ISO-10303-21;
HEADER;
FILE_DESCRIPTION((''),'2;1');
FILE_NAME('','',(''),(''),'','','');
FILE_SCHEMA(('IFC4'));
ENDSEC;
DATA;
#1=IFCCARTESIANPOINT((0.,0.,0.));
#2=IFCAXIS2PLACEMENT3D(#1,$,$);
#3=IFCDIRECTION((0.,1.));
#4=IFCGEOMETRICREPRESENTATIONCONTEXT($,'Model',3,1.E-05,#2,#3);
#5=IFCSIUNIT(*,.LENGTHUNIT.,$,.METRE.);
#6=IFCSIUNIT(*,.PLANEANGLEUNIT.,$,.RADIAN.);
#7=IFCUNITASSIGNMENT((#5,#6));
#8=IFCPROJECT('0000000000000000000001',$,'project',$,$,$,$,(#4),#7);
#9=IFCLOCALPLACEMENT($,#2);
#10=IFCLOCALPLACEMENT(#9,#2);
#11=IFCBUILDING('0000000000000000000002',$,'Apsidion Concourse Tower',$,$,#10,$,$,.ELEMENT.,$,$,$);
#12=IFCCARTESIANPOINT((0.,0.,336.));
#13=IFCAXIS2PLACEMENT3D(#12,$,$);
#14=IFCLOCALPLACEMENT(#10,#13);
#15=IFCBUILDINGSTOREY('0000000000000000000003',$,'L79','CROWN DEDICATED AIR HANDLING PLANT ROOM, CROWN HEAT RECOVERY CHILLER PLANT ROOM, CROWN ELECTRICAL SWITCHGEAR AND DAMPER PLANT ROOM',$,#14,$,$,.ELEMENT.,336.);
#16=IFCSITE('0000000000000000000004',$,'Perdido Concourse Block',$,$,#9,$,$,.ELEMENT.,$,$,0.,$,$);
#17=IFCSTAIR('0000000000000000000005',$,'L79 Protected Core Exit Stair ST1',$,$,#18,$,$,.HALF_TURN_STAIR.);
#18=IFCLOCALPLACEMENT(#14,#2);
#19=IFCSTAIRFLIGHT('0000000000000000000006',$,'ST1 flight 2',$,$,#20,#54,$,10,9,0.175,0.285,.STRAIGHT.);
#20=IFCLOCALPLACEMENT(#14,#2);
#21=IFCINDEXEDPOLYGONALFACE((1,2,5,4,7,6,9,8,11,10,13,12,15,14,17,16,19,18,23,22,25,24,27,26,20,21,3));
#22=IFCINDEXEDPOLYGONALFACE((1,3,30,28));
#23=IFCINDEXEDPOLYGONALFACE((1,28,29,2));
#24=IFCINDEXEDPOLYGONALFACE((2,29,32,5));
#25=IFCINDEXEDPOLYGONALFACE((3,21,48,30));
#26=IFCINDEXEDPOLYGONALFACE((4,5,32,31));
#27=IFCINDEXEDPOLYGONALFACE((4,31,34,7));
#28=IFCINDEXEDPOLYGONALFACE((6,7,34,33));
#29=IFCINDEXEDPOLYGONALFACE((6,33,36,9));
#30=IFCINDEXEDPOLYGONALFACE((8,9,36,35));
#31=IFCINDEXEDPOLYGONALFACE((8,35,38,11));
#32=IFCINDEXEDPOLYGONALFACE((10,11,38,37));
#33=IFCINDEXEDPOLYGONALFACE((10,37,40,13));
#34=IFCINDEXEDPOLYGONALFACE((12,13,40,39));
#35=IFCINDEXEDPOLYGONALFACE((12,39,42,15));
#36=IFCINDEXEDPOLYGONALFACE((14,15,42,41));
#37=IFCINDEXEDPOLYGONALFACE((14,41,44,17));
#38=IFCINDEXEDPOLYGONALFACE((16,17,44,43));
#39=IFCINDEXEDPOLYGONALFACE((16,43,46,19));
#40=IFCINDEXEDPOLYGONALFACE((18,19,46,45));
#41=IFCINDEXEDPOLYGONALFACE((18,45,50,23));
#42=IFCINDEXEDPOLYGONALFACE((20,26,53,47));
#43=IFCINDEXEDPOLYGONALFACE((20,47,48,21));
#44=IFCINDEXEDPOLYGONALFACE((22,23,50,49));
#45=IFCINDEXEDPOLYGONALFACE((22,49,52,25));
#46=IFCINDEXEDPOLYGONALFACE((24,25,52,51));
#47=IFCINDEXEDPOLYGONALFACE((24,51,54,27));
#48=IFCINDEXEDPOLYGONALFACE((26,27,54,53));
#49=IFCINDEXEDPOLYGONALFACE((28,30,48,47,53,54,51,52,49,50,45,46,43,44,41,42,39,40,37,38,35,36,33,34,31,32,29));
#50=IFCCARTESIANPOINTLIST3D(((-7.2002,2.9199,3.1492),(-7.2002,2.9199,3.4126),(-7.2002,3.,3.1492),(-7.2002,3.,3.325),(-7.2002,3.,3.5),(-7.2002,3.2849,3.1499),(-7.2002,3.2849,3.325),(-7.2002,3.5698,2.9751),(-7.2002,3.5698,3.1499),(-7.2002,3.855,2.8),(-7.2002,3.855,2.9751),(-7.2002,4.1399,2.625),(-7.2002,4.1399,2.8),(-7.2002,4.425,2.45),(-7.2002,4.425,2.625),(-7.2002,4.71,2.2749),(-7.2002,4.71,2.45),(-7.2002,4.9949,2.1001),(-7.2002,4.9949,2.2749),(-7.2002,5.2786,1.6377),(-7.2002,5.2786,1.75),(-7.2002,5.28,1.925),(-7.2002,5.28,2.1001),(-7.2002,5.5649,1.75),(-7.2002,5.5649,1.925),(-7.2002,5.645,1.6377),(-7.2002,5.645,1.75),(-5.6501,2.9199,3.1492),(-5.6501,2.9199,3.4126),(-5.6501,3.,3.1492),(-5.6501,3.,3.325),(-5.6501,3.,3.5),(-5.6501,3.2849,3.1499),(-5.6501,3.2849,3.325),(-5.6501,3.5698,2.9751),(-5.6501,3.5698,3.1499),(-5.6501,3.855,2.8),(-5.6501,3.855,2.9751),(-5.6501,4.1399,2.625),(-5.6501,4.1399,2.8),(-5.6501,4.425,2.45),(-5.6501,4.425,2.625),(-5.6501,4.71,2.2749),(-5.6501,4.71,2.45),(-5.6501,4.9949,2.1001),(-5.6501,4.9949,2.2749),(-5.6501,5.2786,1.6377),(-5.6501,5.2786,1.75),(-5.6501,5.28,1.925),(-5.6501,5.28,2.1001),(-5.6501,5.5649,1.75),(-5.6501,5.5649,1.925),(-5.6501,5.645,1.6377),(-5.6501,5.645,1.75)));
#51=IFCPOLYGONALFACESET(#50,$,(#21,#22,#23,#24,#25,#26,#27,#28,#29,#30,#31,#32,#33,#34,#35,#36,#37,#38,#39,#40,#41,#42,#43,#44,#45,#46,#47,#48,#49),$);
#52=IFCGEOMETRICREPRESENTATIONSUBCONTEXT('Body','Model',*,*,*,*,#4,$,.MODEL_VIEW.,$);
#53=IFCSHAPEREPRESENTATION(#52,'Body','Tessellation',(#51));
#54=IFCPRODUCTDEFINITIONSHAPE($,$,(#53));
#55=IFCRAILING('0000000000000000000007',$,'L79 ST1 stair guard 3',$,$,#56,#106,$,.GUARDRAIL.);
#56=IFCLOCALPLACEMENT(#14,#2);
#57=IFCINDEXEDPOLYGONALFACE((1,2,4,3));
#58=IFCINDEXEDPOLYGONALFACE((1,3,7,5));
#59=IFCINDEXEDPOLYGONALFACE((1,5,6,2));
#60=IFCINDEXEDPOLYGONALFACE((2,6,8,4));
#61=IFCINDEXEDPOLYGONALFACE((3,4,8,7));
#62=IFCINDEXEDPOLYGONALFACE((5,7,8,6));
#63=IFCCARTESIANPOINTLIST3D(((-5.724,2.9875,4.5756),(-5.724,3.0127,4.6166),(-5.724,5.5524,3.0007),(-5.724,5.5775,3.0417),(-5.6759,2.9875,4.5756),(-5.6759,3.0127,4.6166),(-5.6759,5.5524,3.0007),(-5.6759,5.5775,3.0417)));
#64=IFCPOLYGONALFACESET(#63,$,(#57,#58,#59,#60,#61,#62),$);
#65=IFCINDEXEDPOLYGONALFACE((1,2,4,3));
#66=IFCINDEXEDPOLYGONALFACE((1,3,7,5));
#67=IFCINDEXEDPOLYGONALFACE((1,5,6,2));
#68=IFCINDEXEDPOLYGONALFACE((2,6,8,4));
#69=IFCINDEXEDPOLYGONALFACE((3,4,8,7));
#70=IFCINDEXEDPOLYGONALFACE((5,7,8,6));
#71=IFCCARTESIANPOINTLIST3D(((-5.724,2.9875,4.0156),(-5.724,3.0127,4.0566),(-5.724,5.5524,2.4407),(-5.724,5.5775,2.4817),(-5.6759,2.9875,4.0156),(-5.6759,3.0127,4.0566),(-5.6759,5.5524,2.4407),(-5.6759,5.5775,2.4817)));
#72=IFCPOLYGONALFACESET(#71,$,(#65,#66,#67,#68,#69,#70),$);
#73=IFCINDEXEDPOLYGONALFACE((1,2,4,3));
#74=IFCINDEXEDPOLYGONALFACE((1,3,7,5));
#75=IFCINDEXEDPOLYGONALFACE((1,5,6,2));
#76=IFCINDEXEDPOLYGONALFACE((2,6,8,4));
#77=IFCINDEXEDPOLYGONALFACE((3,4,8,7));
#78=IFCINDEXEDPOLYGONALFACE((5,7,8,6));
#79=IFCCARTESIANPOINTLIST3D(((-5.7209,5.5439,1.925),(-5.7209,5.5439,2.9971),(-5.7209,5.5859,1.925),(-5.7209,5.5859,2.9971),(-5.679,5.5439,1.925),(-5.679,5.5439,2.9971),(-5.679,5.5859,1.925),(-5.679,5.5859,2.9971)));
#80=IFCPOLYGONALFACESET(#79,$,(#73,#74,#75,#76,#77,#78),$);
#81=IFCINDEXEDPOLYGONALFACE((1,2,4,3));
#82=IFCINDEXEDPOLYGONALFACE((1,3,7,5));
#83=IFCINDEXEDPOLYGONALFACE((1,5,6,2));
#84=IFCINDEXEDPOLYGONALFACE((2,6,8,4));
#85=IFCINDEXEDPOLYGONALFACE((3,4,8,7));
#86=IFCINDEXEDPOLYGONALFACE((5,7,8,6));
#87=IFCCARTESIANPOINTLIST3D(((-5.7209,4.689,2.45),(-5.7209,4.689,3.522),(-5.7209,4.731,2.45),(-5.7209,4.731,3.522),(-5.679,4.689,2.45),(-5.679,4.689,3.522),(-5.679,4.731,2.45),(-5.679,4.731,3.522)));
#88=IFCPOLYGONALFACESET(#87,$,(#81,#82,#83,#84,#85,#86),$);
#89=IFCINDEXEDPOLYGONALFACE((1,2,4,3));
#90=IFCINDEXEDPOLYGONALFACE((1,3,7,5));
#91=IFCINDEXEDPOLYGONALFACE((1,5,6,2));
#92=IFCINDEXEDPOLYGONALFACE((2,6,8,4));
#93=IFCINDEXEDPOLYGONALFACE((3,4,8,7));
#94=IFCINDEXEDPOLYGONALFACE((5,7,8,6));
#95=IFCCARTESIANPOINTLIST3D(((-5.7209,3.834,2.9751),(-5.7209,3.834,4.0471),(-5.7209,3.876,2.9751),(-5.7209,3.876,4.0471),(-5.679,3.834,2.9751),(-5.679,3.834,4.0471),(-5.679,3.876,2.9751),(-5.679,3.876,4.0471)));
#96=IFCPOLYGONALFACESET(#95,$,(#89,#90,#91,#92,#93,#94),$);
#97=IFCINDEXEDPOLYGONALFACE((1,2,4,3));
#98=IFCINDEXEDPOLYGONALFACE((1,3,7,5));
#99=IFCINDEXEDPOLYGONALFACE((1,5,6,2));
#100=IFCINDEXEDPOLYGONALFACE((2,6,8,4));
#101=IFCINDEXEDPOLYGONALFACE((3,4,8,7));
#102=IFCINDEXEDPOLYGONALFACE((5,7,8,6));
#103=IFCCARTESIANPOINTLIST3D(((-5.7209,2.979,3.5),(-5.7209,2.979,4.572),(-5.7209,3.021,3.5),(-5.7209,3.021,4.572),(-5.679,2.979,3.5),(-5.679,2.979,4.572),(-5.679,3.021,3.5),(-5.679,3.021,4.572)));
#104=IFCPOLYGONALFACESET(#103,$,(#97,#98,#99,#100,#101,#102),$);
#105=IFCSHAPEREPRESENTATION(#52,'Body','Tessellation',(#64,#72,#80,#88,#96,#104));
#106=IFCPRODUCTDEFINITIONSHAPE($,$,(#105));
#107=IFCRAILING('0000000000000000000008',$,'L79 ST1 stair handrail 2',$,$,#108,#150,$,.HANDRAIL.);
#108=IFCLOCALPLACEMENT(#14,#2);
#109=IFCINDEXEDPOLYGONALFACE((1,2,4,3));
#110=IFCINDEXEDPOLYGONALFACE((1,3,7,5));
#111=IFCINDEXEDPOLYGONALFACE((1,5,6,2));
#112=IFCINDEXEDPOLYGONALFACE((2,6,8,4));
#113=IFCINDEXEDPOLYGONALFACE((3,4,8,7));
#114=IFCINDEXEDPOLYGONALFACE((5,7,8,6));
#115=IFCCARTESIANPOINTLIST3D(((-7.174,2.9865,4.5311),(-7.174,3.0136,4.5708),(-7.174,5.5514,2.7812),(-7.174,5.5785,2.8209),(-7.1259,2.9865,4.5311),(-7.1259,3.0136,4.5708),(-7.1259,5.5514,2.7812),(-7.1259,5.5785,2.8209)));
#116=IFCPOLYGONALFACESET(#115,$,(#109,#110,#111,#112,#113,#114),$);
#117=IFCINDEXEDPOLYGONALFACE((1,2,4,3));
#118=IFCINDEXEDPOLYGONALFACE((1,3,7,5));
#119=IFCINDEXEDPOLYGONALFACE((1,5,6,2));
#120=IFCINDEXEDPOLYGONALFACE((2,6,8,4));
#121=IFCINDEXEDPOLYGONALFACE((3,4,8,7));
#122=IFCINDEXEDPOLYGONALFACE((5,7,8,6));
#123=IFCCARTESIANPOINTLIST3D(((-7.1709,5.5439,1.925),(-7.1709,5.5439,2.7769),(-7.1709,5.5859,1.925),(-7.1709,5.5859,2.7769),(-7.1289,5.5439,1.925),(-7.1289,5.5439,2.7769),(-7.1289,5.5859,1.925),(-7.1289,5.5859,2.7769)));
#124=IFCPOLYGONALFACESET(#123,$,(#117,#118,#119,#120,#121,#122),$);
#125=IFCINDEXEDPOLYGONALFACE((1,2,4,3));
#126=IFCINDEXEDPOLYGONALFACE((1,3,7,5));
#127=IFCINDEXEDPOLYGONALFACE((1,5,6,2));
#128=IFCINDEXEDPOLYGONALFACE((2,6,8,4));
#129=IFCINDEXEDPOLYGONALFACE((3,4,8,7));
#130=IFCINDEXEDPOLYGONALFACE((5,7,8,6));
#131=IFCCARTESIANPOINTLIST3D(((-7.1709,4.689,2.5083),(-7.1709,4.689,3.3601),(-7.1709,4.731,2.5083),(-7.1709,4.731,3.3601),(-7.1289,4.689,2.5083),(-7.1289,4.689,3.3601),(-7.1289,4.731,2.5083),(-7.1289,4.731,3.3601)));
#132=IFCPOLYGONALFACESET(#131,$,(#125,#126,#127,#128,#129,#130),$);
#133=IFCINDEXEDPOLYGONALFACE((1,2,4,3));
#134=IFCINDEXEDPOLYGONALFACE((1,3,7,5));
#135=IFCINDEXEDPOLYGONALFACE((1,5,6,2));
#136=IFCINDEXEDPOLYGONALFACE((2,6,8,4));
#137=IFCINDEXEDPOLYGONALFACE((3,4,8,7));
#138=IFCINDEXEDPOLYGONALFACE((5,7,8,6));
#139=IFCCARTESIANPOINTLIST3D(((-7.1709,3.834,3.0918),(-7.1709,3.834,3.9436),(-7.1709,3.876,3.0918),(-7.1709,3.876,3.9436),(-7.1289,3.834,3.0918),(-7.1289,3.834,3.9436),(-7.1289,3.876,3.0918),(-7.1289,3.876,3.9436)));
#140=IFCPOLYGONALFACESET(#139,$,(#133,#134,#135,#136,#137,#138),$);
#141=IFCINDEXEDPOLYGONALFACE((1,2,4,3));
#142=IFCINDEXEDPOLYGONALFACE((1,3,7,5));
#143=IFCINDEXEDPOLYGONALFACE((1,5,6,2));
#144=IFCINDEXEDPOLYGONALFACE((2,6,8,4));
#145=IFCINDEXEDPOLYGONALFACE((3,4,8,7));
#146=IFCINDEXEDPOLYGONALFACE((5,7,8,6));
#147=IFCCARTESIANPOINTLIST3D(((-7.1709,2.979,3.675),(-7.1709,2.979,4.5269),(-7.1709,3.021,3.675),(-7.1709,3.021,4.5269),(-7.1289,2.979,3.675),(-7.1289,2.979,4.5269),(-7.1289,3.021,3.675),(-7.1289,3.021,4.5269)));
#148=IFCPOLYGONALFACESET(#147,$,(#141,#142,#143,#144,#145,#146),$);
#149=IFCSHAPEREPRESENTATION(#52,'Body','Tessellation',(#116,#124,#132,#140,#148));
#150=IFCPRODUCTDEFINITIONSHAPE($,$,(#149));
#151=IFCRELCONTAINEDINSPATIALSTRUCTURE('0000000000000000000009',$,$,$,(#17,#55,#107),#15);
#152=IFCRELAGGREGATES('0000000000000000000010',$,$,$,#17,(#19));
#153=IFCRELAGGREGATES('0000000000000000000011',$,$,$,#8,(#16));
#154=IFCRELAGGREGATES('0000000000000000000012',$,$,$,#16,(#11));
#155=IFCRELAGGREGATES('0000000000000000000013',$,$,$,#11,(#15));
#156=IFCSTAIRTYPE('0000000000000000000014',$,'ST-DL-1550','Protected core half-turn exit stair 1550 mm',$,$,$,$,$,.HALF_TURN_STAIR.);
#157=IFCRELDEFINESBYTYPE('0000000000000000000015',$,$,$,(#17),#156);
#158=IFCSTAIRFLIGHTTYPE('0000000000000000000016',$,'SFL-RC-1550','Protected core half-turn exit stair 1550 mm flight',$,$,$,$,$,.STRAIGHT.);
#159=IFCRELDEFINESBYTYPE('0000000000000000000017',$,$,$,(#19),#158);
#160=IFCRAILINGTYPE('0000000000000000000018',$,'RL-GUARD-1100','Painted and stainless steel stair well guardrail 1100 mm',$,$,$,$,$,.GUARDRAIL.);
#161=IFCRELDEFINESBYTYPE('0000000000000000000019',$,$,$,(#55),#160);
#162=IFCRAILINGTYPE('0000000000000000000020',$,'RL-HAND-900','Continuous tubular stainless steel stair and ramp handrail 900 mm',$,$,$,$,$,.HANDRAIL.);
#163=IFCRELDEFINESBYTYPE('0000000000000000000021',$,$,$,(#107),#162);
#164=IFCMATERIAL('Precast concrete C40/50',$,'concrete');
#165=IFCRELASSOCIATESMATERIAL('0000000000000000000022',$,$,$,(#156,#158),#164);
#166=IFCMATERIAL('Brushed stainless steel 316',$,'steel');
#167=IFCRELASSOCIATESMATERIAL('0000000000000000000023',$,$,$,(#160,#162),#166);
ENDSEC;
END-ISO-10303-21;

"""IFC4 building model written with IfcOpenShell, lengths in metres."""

from ifc_helpers import new_model, si_unit, direction, frame, origin, origin_2d, place, context, subcontext, project, spatial, polyline, rectangle, outline, extrude, material, type_object, element, aggregate, save


model = new_model("IFC4")

# Units and contexts
model_context = context("Model", 3, precision=1e-05, world=origin(), true_north=direction((0.0, 1.0)))
body_context = subcontext(model_context, "Body", "Model", "MODEL_VIEW")
ifc_project = project(units=[si_unit("LENGTHUNIT", "METRE"), si_unit("PLANEANGLEUNIT", "RADIAN")], contexts=[model_context])

# Site, building, storey
site_placement = place(None, origin())
site = spatial("IfcSite", under=ifc_project, at=site_placement, Name="Perdido Concourse Block", CompositionType="ELEMENT", RefElevation=0.0)
building_placement = place(site_placement, origin())
building = spatial("IfcBuilding", under=site, at=building_placement, Name="Apsidion Concourse Tower", CompositionType="ELEMENT")
storey_placement = place(building_placement, frame((0.0, 0.0, 336.0)))
storey = spatial("IfcBuildingStorey", under=building, at=storey_placement, Name="L79", Description="CROWN DEDICATED AIR HANDLING PLANT ROOM, CROWN HEAT RECOVERY CHILLER PLANT ROOM, CROWN ELECTRICAL SWITCHGEAR AND DAMPER PLANT ROOM", CompositionType="ELEMENT", Elevation=336.0)

# Shared definitions
ifc_material_1 = material(Name="Precast concrete C40/50", Category="concrete")

# Shared definitions
ifc_material_2 = material(Name="Brushed stainless steel 316", Category="steel")

# Stair, stair flight
stair_type = type_object("IfcStairType", Name="ST-DL-1550", Description="Protected core half-turn exit stair 1550 mm", PredefinedType="HALF_TURN_STAIR", material=ifc_material_1)
stair_placement = place(storey_placement, origin())
stair = element("IfcStair", 1, at=stair_placement, inside=storey, type_object=stair_type, Name="L79 Protected Core Exit Stair ST1", PredefinedType="HALF_TURN_STAIR")
stair_flight_type = type_object("IfcStairFlightType", Name="SFL-RC-1550", Description="Protected core half-turn exit stair 1550 mm flight", PredefinedType="STRAIGHT", material=ifc_material_1)
stair_flight_placement = place(storey_placement, frame((-6.425, 5.5649, 1.75), z_axis=(0.0, 0.0, 1.0), x_axis=(0.0, -1.0, 0.0)))
stair_flight = element("IfcStairFlight", 2, at=stair_flight_placement, type_object=stair_flight_type, Name="ST1 flight 2", NumberOfRisers=10, NumberOfTreads=9, PredefinedType="STRAIGHT", RiserHeight=0.175, TreadLength=0.285, context=body_context, shape_type="SweptSolid", body=[
    extrude(outline(polyline([(-0.0801, -0.1123), (-0.0801, 0.0), (0.0, 0.0), (0.0, 0.175), (0.2849, 0.175), (0.2849, 0.3501), (0.5701, 0.3501), (0.5701, 0.5249), (0.855, 0.5249), (0.855, 0.7), (1.1399, 0.7), (1.1399, 0.875), (1.425, 0.875), (1.425, 1.05), (1.71, 1.05), (1.71, 1.2251), (1.9951, 1.2251), (1.9951, 1.3999), (2.28, 1.3999), (2.28, 1.575), (2.5649, 1.575), (2.5649, 1.75), (2.645, 1.6626), (2.645, 1.3992), (2.5649, 1.3992), (0.2864, 0.0), (0.2864, -0.1123), (-0.0801, -0.1123)])), frame((0.0, 0.7749, 0.0), z_axis=(0.0, -1.0, 0.0), x_axis=(1.0, 0.0, 0.0)), (0.0, 0.0, 1.0), 1.55),
])
aggregate(stair, [stair_flight])

# Railings
railing_type_1 = type_object("IfcRailingType", Name="RL-GUARD-1100", Description="Painted and stainless steel stair well guardrail 1100 mm", PredefinedType="GUARDRAIL", material=ifc_material_2)
railing_1_placement = place(storey_placement, frame((-5.7, 5.5649, 1.925)))
element("IfcRailing", 3, at=railing_1_placement, inside=storey, type_object=railing_type_1, Name="L79 ST1 stair guard 3", PredefinedType="GUARDRAIL", context=body_context, shape_type="SweptSolid", body=[
    extrude(rectangle(XDim=0.0481, YDim=0.0481, at=origin_2d()), frame((0.0, 0.0, 1.0962), z_axis=(0.0, -0.852173, 0.52326), x_axis=(1.0, 0.0, 0.0)), (0.0, 0.0, 1.0), 3.0098),
    extrude(rectangle(XDim=0.0481, YDim=0.0481, at=origin_2d()), frame((0.0, 0.0, 0.5361), z_axis=(0.0, -0.852173, 0.52326), x_axis=(1.0, 0.0, 0.0)), (0.0, 0.0, 1.0), 3.0098),
    extrude(rectangle(XDim=0.042, YDim=0.042, at=origin_2d()), origin(), (0.0, 0.0, 1.0), 1.072),
    extrude(rectangle(XDim=0.042, YDim=0.042, at=origin_2d()), frame((0.0, -0.855, 0.5249)), (0.0, 0.0, 1.0), 1.072),
    extrude(rectangle(XDim=0.042, YDim=0.042, at=origin_2d()), frame((0.0, -1.71, 1.05)), (0.0, 0.0, 1.0), 1.072),
    extrude(rectangle(XDim=0.042, YDim=0.042, at=origin_2d()), frame((0.0, -2.5649, 1.575)), (0.0, 0.0, 1.0), 1.072),
])
railing_type_2 = type_object("IfcRailingType", Name="RL-HAND-900", Description="Continuous tubular stainless steel stair and ramp handrail 900 mm", PredefinedType="HANDRAIL", material=ifc_material_2)
railing_2_placement = place(storey_placement, frame((-7.1499, 5.5649, 1.925)))
element("IfcRailing", 4, at=railing_2_placement, inside=storey, type_object=railing_type_2, Name="L79 ST1 stair handrail 2", PredefinedType="HANDRAIL", context=body_context, shape_type="SweptSolid", body=[
    extrude(rectangle(XDim=0.0481, YDim=0.0481, at=origin_2d()), frame((0.0, 0.0, 0.876), z_axis=(0.0, -0.826051, 0.563595), x_axis=(1.0, 0.0, 0.0)), (0.0, 0.0, 1.0), 3.105),
    extrude(rectangle(XDim=0.042, YDim=0.042, at=origin_2d()), origin(), (0.0, 0.0, 1.0), 0.8518),
    extrude(rectangle(XDim=0.042, YDim=0.042, at=origin_2d()), frame((0.0, -0.855, 0.5833)), (0.0, 0.0, 1.0), 0.8518),
    extrude(rectangle(XDim=0.042, YDim=0.042, at=origin_2d()), frame((0.0, -1.71, 1.1667)), (0.0, 0.0, 1.0), 0.8518),
    extrude(rectangle(XDim=0.042, YDim=0.042, at=origin_2d()), frame((0.0, -2.5649, 1.75)), (0.0, 0.0, 1.0), 0.8518),
])

save(model, "model.ifc")
